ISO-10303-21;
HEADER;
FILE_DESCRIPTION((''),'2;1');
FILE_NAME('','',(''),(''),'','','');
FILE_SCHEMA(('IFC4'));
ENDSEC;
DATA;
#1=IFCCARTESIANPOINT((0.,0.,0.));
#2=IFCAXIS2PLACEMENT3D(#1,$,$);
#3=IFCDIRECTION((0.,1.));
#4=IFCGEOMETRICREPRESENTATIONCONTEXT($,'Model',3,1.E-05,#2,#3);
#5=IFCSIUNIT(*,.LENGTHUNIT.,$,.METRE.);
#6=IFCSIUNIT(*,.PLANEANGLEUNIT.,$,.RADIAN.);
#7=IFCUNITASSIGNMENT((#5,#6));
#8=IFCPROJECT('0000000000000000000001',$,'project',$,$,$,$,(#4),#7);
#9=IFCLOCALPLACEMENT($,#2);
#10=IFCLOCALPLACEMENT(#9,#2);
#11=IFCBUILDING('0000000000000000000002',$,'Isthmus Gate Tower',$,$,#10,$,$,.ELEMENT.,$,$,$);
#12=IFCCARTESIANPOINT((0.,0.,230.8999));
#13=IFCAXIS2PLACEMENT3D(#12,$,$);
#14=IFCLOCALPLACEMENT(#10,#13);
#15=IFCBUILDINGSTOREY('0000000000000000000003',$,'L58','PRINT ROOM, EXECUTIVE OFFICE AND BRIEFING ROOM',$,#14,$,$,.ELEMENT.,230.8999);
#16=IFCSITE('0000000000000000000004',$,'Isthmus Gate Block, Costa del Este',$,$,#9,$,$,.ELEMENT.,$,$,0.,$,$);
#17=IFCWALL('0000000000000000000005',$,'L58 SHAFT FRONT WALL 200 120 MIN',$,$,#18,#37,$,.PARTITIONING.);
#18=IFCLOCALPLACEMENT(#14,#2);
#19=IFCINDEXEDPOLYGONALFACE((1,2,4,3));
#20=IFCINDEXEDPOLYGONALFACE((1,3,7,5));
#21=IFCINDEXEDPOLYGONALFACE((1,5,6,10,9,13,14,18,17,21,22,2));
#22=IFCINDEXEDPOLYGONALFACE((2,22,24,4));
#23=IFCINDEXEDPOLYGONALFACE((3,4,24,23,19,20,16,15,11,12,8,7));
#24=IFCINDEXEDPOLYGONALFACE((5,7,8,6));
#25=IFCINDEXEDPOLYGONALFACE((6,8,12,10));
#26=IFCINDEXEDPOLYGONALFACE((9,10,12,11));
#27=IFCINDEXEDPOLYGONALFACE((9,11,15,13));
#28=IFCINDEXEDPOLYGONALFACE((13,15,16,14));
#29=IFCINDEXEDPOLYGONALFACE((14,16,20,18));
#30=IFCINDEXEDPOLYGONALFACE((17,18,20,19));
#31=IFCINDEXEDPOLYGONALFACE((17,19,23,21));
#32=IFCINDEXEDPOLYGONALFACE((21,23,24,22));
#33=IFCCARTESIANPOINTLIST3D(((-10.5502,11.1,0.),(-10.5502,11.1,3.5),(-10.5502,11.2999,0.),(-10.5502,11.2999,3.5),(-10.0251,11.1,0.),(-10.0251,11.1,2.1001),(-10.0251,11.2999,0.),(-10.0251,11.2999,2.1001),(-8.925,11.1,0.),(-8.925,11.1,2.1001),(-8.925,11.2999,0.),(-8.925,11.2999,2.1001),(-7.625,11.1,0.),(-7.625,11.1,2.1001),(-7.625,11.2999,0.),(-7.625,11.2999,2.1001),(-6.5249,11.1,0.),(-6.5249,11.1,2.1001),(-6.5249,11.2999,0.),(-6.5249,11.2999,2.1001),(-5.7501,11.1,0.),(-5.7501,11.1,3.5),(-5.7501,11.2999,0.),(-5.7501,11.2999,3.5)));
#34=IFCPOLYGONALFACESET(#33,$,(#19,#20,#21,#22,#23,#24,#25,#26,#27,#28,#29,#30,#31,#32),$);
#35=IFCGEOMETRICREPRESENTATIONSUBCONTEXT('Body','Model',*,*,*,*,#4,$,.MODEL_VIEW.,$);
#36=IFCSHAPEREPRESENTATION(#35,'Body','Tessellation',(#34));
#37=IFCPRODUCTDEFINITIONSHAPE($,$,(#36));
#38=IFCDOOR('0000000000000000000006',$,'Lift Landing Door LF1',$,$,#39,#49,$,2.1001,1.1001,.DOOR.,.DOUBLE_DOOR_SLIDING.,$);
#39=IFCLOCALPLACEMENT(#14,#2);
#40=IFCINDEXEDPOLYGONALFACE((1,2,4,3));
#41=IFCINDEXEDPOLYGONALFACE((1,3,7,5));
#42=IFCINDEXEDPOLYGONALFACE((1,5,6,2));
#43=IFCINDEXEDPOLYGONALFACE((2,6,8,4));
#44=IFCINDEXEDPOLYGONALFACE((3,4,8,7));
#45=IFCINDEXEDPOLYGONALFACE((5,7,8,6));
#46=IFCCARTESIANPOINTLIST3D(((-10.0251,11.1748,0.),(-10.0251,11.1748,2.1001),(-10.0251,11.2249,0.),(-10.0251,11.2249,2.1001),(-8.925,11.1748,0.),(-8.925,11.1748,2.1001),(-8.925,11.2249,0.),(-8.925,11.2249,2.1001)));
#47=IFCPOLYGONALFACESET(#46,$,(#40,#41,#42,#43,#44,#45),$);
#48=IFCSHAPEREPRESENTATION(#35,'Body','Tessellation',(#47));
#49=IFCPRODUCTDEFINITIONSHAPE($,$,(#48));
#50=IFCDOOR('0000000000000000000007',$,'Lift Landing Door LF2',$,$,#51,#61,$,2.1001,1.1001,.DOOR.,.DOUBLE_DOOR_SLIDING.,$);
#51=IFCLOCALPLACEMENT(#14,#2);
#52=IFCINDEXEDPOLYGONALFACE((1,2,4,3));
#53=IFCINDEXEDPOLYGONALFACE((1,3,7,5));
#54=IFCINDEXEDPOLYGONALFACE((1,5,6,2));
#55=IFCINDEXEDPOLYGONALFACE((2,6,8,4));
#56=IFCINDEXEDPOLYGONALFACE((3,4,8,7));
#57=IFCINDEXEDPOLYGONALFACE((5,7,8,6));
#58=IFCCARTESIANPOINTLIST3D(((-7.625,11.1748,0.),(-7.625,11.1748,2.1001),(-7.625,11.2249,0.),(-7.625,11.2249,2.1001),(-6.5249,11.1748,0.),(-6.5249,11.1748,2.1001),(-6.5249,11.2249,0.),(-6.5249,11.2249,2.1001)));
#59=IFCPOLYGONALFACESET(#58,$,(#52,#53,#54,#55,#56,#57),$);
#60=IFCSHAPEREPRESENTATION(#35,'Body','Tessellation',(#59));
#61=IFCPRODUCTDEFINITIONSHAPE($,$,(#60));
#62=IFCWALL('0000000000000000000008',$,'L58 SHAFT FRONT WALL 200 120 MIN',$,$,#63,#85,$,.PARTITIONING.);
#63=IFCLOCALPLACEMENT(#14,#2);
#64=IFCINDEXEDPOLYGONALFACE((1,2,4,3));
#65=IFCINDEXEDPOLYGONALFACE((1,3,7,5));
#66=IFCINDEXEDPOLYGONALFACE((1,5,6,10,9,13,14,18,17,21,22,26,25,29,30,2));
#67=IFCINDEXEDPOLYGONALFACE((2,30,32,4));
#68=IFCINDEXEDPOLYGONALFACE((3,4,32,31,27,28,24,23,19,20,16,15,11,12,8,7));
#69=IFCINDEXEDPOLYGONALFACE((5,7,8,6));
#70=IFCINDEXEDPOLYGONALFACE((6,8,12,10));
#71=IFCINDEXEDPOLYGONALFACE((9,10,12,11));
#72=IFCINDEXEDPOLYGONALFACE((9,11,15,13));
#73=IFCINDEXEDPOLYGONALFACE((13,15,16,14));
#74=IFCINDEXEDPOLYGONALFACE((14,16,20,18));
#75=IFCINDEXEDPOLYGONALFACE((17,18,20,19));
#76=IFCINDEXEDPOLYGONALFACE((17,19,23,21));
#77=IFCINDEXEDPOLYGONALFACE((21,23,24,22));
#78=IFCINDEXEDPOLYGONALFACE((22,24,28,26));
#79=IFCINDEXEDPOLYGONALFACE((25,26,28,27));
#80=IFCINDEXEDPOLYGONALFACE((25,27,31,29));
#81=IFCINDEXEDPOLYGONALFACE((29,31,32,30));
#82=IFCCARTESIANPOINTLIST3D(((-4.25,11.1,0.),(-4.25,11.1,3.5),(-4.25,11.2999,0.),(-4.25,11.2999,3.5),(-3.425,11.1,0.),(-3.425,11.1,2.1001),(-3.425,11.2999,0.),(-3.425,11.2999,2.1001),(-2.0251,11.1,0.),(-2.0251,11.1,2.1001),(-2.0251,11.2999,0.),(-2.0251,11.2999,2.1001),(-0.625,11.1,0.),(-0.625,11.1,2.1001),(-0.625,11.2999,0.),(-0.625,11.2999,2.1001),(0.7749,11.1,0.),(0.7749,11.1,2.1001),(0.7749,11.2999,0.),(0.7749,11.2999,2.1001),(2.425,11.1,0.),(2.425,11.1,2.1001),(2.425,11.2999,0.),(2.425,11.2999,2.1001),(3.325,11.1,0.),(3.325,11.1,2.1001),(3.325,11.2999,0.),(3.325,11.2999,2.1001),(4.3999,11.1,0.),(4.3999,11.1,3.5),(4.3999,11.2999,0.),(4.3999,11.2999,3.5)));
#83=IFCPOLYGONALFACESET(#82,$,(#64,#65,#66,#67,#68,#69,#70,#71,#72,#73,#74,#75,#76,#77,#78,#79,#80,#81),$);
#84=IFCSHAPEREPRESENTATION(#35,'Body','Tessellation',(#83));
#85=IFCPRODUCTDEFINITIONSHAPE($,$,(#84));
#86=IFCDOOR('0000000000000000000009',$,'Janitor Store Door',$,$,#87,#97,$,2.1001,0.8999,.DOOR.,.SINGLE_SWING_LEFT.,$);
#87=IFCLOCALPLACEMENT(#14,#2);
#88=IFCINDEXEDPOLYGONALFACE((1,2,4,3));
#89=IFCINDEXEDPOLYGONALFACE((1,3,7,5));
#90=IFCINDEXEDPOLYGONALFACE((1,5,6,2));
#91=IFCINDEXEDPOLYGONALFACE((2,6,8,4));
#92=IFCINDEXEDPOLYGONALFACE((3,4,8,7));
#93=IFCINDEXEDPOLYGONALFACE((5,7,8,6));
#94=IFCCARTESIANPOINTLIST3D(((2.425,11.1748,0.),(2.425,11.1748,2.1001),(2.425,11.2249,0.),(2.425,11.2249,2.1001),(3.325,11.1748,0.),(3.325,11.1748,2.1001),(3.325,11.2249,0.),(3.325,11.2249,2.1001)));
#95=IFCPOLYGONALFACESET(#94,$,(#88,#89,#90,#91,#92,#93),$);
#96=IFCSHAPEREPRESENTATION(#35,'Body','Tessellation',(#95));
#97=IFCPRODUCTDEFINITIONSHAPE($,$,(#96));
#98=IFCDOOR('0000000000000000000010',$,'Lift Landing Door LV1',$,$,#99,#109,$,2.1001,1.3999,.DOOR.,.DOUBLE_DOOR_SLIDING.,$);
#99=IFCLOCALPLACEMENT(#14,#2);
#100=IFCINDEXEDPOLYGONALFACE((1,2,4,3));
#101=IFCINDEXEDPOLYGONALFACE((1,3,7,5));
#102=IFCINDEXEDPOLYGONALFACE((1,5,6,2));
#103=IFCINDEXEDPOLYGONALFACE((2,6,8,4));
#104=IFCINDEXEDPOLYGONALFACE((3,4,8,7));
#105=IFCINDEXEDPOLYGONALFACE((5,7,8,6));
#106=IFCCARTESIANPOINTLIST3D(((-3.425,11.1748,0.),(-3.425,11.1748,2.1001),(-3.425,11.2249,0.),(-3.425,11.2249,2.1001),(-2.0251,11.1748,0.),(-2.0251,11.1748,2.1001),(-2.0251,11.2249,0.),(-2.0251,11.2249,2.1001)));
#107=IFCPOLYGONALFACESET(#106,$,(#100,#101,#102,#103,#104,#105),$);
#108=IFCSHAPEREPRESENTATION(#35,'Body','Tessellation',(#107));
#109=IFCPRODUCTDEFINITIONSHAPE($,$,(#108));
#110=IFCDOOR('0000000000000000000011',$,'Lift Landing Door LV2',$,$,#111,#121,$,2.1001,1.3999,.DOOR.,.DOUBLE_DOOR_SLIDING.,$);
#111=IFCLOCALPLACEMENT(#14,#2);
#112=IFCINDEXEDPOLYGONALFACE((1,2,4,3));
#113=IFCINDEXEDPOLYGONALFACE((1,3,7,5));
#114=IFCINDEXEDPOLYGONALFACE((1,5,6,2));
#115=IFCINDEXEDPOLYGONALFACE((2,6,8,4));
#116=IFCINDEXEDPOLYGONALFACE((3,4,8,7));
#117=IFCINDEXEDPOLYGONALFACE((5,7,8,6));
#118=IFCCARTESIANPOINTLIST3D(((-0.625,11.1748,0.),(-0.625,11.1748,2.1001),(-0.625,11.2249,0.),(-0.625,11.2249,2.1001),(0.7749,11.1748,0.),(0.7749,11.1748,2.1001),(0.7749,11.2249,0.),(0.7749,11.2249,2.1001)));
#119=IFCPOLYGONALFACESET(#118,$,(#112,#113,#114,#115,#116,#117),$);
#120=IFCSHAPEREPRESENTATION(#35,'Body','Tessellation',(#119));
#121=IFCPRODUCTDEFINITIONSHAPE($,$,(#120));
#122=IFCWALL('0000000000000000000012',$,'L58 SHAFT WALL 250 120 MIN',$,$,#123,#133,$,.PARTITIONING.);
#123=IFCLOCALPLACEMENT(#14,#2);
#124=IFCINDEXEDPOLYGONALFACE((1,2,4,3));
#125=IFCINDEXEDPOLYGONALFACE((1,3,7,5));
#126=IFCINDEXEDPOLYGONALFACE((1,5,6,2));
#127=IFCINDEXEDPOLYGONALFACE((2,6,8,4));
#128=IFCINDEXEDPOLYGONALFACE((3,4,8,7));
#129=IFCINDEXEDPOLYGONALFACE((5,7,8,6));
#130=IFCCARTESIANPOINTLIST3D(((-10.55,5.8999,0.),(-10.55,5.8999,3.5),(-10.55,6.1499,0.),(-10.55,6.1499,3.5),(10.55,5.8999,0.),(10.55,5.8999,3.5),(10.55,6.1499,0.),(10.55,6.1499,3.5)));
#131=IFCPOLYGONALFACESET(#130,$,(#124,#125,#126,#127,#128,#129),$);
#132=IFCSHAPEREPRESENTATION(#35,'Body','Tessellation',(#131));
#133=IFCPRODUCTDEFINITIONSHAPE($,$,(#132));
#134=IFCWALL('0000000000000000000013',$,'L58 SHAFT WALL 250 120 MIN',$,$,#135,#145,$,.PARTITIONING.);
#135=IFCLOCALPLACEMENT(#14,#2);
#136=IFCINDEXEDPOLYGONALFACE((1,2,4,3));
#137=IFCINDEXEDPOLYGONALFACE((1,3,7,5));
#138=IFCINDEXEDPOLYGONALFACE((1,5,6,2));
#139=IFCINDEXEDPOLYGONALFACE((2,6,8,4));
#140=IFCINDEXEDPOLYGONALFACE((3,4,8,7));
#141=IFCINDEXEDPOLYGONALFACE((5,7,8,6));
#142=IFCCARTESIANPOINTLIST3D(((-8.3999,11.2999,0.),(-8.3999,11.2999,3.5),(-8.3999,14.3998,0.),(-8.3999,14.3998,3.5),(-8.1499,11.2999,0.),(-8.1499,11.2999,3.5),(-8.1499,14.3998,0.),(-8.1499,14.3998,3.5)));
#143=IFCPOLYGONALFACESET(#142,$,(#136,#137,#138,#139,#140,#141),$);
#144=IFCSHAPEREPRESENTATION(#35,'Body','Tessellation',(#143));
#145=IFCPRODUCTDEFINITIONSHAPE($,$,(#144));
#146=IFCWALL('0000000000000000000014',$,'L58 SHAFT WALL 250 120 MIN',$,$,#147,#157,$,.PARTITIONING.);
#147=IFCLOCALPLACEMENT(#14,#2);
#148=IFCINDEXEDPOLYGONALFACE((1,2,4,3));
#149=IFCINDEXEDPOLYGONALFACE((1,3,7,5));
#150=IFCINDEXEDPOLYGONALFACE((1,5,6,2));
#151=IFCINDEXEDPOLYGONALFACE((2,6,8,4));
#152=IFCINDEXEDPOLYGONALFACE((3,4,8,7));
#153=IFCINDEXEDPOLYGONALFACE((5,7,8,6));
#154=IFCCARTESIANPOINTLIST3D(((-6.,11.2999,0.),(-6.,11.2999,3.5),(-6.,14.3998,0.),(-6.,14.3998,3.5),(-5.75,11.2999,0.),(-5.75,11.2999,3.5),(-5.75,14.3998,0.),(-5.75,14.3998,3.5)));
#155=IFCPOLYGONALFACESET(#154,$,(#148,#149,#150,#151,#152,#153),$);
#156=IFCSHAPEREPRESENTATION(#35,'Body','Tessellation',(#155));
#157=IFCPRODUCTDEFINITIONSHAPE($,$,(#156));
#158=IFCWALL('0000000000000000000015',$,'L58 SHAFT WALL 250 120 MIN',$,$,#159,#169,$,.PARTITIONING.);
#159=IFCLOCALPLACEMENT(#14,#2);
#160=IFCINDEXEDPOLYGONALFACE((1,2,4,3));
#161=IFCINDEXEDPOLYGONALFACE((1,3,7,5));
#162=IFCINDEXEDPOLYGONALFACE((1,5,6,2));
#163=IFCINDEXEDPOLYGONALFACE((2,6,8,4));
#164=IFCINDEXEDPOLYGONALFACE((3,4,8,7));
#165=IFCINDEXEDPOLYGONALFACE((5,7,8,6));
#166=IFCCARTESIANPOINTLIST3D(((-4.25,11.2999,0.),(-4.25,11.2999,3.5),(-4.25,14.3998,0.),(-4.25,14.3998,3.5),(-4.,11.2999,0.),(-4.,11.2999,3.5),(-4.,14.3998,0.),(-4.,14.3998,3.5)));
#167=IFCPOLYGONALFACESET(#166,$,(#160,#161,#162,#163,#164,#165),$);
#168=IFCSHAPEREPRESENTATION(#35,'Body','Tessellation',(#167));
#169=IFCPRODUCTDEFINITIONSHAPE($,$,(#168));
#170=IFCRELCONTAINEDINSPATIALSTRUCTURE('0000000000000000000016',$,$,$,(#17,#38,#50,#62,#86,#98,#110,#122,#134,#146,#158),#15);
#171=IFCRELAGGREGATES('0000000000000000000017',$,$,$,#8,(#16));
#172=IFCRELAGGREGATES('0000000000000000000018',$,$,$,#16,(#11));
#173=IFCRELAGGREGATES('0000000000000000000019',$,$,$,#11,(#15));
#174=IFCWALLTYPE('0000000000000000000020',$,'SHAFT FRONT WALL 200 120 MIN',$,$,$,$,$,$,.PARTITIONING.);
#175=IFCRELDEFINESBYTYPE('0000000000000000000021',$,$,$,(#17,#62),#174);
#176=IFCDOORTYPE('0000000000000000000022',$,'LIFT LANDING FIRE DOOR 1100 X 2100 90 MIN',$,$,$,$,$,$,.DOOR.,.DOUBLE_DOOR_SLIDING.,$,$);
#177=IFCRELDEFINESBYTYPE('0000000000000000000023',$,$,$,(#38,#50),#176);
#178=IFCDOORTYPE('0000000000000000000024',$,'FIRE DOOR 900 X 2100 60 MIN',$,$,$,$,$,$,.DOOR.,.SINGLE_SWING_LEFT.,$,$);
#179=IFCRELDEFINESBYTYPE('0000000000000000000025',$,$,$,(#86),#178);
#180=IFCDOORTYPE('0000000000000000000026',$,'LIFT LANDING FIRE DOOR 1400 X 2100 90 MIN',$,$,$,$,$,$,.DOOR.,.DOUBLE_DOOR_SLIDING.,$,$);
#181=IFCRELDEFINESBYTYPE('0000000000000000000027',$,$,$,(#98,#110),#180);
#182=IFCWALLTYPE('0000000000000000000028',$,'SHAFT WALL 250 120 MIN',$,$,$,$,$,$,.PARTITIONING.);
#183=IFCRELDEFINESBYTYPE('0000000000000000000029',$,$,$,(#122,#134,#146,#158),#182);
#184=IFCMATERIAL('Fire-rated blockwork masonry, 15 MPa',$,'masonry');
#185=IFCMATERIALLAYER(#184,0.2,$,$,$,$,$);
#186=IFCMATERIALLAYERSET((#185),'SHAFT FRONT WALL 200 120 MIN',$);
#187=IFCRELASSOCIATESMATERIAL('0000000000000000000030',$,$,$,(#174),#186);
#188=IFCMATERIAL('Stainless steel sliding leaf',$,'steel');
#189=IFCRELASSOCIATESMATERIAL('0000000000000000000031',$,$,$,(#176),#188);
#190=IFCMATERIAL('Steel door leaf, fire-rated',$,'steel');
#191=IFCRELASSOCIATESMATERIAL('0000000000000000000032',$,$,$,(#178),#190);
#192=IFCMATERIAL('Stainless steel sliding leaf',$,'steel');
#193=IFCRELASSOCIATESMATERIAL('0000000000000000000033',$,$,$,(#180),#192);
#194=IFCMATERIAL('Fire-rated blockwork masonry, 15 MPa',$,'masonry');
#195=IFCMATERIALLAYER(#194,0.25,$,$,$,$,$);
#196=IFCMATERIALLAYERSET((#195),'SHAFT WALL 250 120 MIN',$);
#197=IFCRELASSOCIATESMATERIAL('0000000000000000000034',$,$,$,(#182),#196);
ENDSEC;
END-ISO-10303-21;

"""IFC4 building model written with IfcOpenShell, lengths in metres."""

from ifc_helpers import new_model, si_unit, direction, frame, frame_2d, origin, place, context, subcontext, project, spatial, rectangle, extrude, material, layer, layer_set, type_object, element, fill, save


model = new_model("IFC4")

# Units and contexts
model_context = context("Model", 3, precision=1e-05, world=origin(), true_north=direction((0.0, 1.0)))
body_context = subcontext(model_context, "Body", "Model", "MODEL_VIEW")
ifc_project = project(units=[si_unit("LENGTHUNIT", "METRE"), si_unit("PLANEANGLEUNIT", "RADIAN")], contexts=[model_context])

# Site, building, storey
site_placement = place(None, origin())
site = spatial("IfcSite", under=ifc_project, at=site_placement, Name="Isthmus Gate Block, Costa del Este", CompositionType="ELEMENT", RefElevation=0.0)
building_placement = place(site_placement, origin())
building = spatial("IfcBuilding", under=site, at=building_placement, Name="Isthmus Gate Tower", CompositionType="ELEMENT")
storey_placement = place(building_placement, frame((0.0, 0.0, 230.8999)))
storey = spatial("IfcBuildingStorey", under=building, at=storey_placement, Name="L58", Description="PRINT ROOM, EXECUTIVE OFFICE AND BRIEFING ROOM", CompositionType="ELEMENT", Elevation=230.8999)

# Walls, openings, doors
ifc_material_1 = material(Name="Fire-rated blockwork masonry, 15 MPa", Category="masonry")
ifc_layer_1 = layer(ifc_material_1, 0.2)
ifc_layer_set_1 = layer_set([ifc_layer_1], Name="SHAFT FRONT WALL 200 120 MIN")
wall_type_1 = type_object("IfcWallType", Name="SHAFT FRONT WALL 200 120 MIN", PredefinedType="PARTITIONING", material=ifc_layer_set_1)
wall_1_placement = place(storey_placement, frame((-10.55, 11.2, 0.0), z_axis=(0.0, 0.0, 1.0), x_axis=(1.0, 0.0, 0.0)))
wall_1 = element("IfcWall", 1, at=wall_1_placement, inside=storey, type_object=wall_type_1, Name="L58 SHAFT FRONT WALL 200 120 MIN", PredefinedType="PARTITIONING", context=body_context, shape_type="SweptSolid", body=[
    extrude(rectangle(XDim=4.8, YDim=0.2, at=frame_2d((2.3999, 0.0))), origin(), (0.0, 0.0, 1.0), 3.5),
])
opening_1_placement = place(wall_1_placement, frame((0.5249, 0.0, 0.0)))
opening_1 = element("IfcOpeningElement", 2, at=opening_1_placement, cuts=wall_1, PredefinedType="OPENING", context=body_context, shape_type="SweptSolid", body=[
    extrude(rectangle(XDim=1.1001, YDim=2.1001, at=frame_2d((0.55, 1.05))), frame((0.0, 0.1099, 0.0), z_axis=(0.0, -1.0, 0.0), x_axis=(1.0, 0.0, 0.0)), (0.0, 0.0, 1.0), 0.22),
])
opening_2_placement = place(wall_1_placement, frame((2.925, 0.0, 0.0)))
opening_2 = element("IfcOpeningElement", 3, at=opening_2_placement, cuts=wall_1, PredefinedType="OPENING", context=body_context, shape_type="SweptSolid", body=[
    extrude(rectangle(XDim=1.1001, YDim=2.1001, at=frame_2d((0.55, 1.05))), frame((0.0, 0.1099, 0.0), z_axis=(0.0, -1.0, 0.0), x_axis=(1.0, 0.0, 0.0)), (0.0, 0.0, 1.0), 0.22),
])
ifc_material_2 = material(Name="Stainless steel sliding leaf", Category="steel")
door_type_1 = type_object("IfcDoorType", Name="LIFT LANDING FIRE DOOR 1100 X 2100 90 MIN", OperationType="DOUBLE_DOOR_SLIDING", PredefinedType="DOOR", material=ifc_material_2)
door_1_placement = place(opening_1_placement, origin())
door_1 = element("IfcDoor", 4, at=door_1_placement, inside=storey, type_object=door_type_1, Name="Lift Landing Door LF1", OperationType="DOUBLE_DOOR_SLIDING", OverallHeight=2.1001, OverallWidth=1.1001, PredefinedType="DOOR", context=body_context, shape_type="SweptSolid", body=[
    extrude(rectangle(XDim=1.1001, YDim=2.1001, at=frame_2d((0.55, 1.05))), frame((0.0, 0.0249, 0.0), z_axis=(0.0, -1.0, 0.0), x_axis=(1.0, 0.0, 0.0)), (0.0, 0.0, 1.0), 0.05),
])
fill(opening_1, door_1)
door_2_placement = place(opening_2_placement, origin())
door_2 = element("IfcDoor", 5, at=door_2_placement, inside=storey, type_object=door_type_1, Name="Lift Landing Door LF2", OperationType="DOUBLE_DOOR_SLIDING", OverallHeight=2.1001, OverallWidth=1.1001, PredefinedType="DOOR", context=body_context, shape_type="SweptSolid", body=[
    extrude(rectangle(XDim=1.1001, YDim=2.1001, at=frame_2d((0.55, 1.05))), frame((0.0, 0.0249, 0.0), z_axis=(0.0, -1.0, 0.0), x_axis=(1.0, 0.0, 0.0)), (0.0, 0.0, 1.0), 0.05),
])
fill(opening_2, door_2)
wall_2_placement = place(storey_placement, frame((-4.25, 11.2, 0.0), z_axis=(0.0, 0.0, 1.0), x_axis=(1.0, 0.0, 0.0)))
wall_2 = element("IfcWall", 6, at=wall_2_placement, inside=storey, type_object=wall_type_1, Name="L58 SHAFT FRONT WALL 200 120 MIN", PredefinedType="PARTITIONING", context=body_context, shape_type="SweptSolid", body=[
    extrude(rectangle(XDim=8.6499, YDim=0.2, at=frame_2d((4.325, 0.0))), origin(), (0.0, 0.0, 1.0), 3.5),
])
opening_3_placement = place(wall_2_placement, frame((0.825, 0.0, 0.0)))
opening_3 = element("IfcOpeningElement", 7, at=opening_3_placement, cuts=wall_2, PredefinedType="OPENING", context=body_context, shape_type="SweptSolid", body=[
    extrude(rectangle(XDim=1.3999, YDim=2.1001, at=frame_2d((0.7, 1.05))), frame((0.0, 0.1099, 0.0), z_axis=(0.0, -1.0, 0.0), x_axis=(1.0, 0.0, 0.0)), (0.0, 0.0, 1.0), 0.22),
])
opening_4_placement = place(wall_2_placement, frame((3.625, 0.0, 0.0)))
opening_4 = element("IfcOpeningElement", 8, at=opening_4_placement, cuts=wall_2, PredefinedType="OPENING", context=body_context, shape_type="SweptSolid", body=[
    extrude(rectangle(XDim=1.3999, YDim=2.1001, at=frame_2d((0.7, 1.05))), frame((0.0, 0.1099, 0.0), z_axis=(0.0, -1.0, 0.0), x_axis=(1.0, 0.0, 0.0)), (0.0, 0.0, 1.0), 0.22),
])
opening_5_placement = place(wall_2_placement, frame((6.675, 0.0, 0.0)))
opening_5 = element("IfcOpeningElement", 9, at=opening_5_placement, cuts=wall_2, PredefinedType="OPENING", context=body_context, shape_type="SweptSolid", body=[
    extrude(rectangle(XDim=0.8999, YDim=2.1001, at=frame_2d((0.45, 1.05))), frame((0.0, 0.1099, 0.0), z_axis=(0.0, -1.0, 0.0), x_axis=(1.0, 0.0, 0.0)), (0.0, 0.0, 1.0), 0.22),
])
ifc_material_3 = material(Name="Steel door leaf, fire-rated", Category="steel")
door_type_2 = type_object("IfcDoorType", Name="FIRE DOOR 900 X 2100 60 MIN", OperationType="SINGLE_SWING_LEFT", PredefinedType="DOOR", material=ifc_material_3)
door_3_placement = place(opening_5_placement, origin())
door_3 = element("IfcDoor", 10, at=door_3_placement, inside=storey, type_object=door_type_2, Name="Janitor Store Door", OperationType="SINGLE_SWING_LEFT", OverallHeight=2.1001, OverallWidth=0.8999, PredefinedType="DOOR", context=body_context, shape_type="SweptSolid", body=[
    extrude(rectangle(XDim=0.8999, YDim=2.1001, at=frame_2d((0.45, 1.05))), frame((0.0, 0.0249, 0.0), z_axis=(0.0, -1.0, 0.0), x_axis=(1.0, 0.0, 0.0)), (0.0, 0.0, 1.0), 0.05),
])
fill(opening_5, door_3)
ifc_material_4 = material(Name="Stainless steel sliding leaf", Category="steel")
door_type_3 = type_object("IfcDoorType", Name="LIFT LANDING FIRE DOOR 1400 X 2100 90 MIN", OperationType="DOUBLE_DOOR_SLIDING", PredefinedType="DOOR", material=ifc_material_4)
door_4_placement = place(opening_3_placement, origin())
door_4 = element("IfcDoor", 11, at=door_4_placement, inside=storey, type_object=door_type_3, Name="Lift Landing Door LV1", OperationType="DOUBLE_DOOR_SLIDING", OverallHeight=2.1001, OverallWidth=1.3999, PredefinedType="DOOR", context=body_context, shape_type="SweptSolid", body=[
    extrude(rectangle(XDim=1.3999, YDim=2.1001, at=frame_2d((0.7, 1.05))), frame((0.0, 0.0249, 0.0), z_axis=(0.0, -1.0, 0.0), x_axis=(1.0, 0.0, 0.0)), (0.0, 0.0, 1.0), 0.05),
])
fill(opening_3, door_4)
door_5_placement = place(opening_4_placement, origin())
door_5 = element("IfcDoor", 12, at=door_5_placement, inside=storey, type_object=door_type_3, Name="Lift Landing Door LV2", OperationType="DOUBLE_DOOR_SLIDING", OverallHeight=2.1001, OverallWidth=1.3999, PredefinedType="DOOR", context=body_context, shape_type="SweptSolid", body=[
    extrude(rectangle(XDim=1.3999, YDim=2.1001, at=frame_2d((0.7, 1.05))), frame((0.0, 0.0249, 0.0), z_axis=(0.0, -1.0, 0.0), x_axis=(1.0, 0.0, 0.0)), (0.0, 0.0, 1.0), 0.05),
])
fill(opening_4, door_5)

# Walls
ifc_material_5 = material(Name="Fire-rated blockwork masonry, 15 MPa", Category="masonry")
ifc_layer_2 = layer(ifc_material_5, 0.25)
ifc_layer_set_2 = layer_set([ifc_layer_2], Name="SHAFT WALL 250 120 MIN")
wall_type_2 = type_object("IfcWallType", Name="SHAFT WALL 250 120 MIN", PredefinedType="PARTITIONING", material=ifc_layer_set_2)
wall_3_placement = place(storey_placement, frame((-10.55, 6.0249, 0.0), z_axis=(0.0, 0.0, 1.0), x_axis=(1.0, 0.0, 0.0)))
element("IfcWall", 13, at=wall_3_placement, inside=storey, type_object=wall_type_2, Name="L58 SHAFT WALL 250 120 MIN", PredefinedType="PARTITIONING", context=body_context, shape_type="SweptSolid", body=[
    extrude(rectangle(XDim=21.1001, YDim=0.25, at=frame_2d((10.55, 0.0))), origin(), (0.0, 0.0, 1.0), 3.5),
])
for number, where, z_axis, x_axis, name in (
    (14, (-8.2749, 11.3, 0.0), (0.0, 0.0, 1.0), (0.0, 1.0, 0.0), "L58 SHAFT WALL 250 120 MIN"),
    (15, (-5.875, 11.3, 0.0), (0.0, 0.0, 1.0), (0.0, 1.0, 0.0), "L58 SHAFT WALL 250 120 MIN"),
    (16, (-4.125, 11.3, 0.0), (0.0, 0.0, 1.0), (0.0, 1.0, 0.0), "L58 SHAFT WALL 250 120 MIN"),
):
    element("IfcWall", number, at=place(storey_placement, frame(where, z_axis=z_axis, x_axis=x_axis)), inside=storey, type_object=wall_type_2, Name=name, PredefinedType="PARTITIONING", context=body_context, shape_type="SweptSolid", body=[
        extrude(rectangle(XDim=3.0999, YDim=0.25, at=frame_2d((1.5498, 0.0))), origin(), (0.0, 0.0, 1.0), 3.5),
    ])

save(model, "model.ifc")
